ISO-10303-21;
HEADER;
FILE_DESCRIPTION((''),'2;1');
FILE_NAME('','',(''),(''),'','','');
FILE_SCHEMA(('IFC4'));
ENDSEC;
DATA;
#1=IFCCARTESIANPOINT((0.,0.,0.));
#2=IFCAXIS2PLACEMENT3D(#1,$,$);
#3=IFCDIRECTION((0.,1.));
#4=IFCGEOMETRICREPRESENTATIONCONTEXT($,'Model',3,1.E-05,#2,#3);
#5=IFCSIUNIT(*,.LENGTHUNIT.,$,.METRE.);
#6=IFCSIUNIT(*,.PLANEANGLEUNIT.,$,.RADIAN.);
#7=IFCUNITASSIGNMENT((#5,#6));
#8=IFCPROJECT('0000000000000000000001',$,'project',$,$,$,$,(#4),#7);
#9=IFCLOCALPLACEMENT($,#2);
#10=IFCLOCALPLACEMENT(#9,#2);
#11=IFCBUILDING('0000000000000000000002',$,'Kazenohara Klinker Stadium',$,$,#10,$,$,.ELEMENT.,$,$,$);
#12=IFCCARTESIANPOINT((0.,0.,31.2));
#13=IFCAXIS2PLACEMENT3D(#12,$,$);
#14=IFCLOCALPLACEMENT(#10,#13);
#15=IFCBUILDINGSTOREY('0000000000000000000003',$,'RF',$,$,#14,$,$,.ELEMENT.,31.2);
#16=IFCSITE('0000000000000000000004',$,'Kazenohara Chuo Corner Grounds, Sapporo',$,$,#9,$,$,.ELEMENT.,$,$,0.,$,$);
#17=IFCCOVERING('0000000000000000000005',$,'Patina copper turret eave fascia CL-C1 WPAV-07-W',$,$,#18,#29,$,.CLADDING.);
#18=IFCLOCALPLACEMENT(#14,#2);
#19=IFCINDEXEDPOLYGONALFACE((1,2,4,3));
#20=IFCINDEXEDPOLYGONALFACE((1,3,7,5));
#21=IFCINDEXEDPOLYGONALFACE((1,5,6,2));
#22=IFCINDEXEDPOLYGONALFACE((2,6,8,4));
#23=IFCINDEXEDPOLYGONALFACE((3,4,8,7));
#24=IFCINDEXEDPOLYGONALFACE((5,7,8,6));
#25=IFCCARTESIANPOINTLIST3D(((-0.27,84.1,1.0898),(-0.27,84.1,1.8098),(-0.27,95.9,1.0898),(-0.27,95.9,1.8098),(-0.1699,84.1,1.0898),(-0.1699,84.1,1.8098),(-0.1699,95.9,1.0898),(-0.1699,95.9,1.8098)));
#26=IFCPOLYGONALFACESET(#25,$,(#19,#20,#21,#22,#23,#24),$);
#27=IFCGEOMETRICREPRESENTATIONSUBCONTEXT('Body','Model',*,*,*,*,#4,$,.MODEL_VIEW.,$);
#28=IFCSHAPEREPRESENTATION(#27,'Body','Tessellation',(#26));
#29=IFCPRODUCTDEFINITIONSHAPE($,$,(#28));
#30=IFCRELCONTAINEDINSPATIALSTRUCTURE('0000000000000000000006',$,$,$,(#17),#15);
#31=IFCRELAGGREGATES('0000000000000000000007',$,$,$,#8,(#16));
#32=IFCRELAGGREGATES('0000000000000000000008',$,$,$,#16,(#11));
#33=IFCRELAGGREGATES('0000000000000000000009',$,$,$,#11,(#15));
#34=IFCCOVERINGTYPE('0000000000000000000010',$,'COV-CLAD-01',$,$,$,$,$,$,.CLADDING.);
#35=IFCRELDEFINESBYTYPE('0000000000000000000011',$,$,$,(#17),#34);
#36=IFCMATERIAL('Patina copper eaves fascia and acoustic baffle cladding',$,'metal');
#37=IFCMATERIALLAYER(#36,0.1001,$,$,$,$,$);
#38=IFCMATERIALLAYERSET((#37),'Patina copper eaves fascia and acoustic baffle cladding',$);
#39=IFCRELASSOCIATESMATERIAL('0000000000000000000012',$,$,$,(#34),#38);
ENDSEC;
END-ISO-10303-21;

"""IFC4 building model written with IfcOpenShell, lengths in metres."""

from ifc_helpers import new_model, si_unit, direction, frame, origin, origin_2d, place, context, subcontext, project, spatial, rectangle, extrude, material, layer, layer_set, type_object, element, save


model = new_model("IFC4")

# Units and contexts
model_context = context("Model", 3, precision=1e-05, world=origin(), true_north=direction((0.0, 1.0)))
body_context = subcontext(model_context, "Body", "Model", "MODEL_VIEW")
ifc_project = project(units=[si_unit("LENGTHUNIT", "METRE"), si_unit("PLANEANGLEUNIT", "RADIAN")], contexts=[model_context])

# Site, building, storey
site_placement = place(None, origin())
site = spatial("IfcSite", under=ifc_project, at=site_placement, Name="Kazenohara Chuo Corner Grounds, Sapporo", CompositionType="ELEMENT", RefElevation=0.0)
building_placement = place(site_placement, origin())
building = spatial("IfcBuilding", under=site, at=building_placement, Name="Kazenohara Klinker Stadium", CompositionType="ELEMENT")
storey_placement = place(building_placement, frame((0.0, 0.0, 31.2)))
storey = spatial("IfcBuildingStorey", under=building, at=storey_placement, Name="RF", CompositionType="ELEMENT", Elevation=31.2)

# Covering
ifc_material_1 = material(Name="Patina copper eaves fascia and acoustic baffle cladding", Category="metal")
ifc_layer_1 = layer(ifc_material_1, 0.1001)
ifc_layer_set_1 = layer_set([ifc_layer_1], Name="Patina copper eaves fascia and acoustic baffle cladding")
covering_type = type_object("IfcCoveringType", Name="COV-CLAD-01", PredefinedType="CLADDING", material=ifc_layer_set_1)
covering_placement = place(storey_placement, frame((-0.22, 90.0, 1.0898), z_axis=(0.0, 0.0, 1.0), x_axis=(1.0, 0.0, 0.0)))
element("IfcCovering", 1, at=covering_placement, inside=storey, type_object=covering_type, Name="Patina copper turret eave fascia CL-C1 WPAV-07-W", PredefinedType="CLADDING", context=body_context, shape_type="SweptSolid", body=[
    extrude(rectangle(XDim=0.1001, YDim=11.8, at=origin_2d()), origin(), (0.0, 0.0, 1.0), 0.72),
])

save(model, "model.ifc")
